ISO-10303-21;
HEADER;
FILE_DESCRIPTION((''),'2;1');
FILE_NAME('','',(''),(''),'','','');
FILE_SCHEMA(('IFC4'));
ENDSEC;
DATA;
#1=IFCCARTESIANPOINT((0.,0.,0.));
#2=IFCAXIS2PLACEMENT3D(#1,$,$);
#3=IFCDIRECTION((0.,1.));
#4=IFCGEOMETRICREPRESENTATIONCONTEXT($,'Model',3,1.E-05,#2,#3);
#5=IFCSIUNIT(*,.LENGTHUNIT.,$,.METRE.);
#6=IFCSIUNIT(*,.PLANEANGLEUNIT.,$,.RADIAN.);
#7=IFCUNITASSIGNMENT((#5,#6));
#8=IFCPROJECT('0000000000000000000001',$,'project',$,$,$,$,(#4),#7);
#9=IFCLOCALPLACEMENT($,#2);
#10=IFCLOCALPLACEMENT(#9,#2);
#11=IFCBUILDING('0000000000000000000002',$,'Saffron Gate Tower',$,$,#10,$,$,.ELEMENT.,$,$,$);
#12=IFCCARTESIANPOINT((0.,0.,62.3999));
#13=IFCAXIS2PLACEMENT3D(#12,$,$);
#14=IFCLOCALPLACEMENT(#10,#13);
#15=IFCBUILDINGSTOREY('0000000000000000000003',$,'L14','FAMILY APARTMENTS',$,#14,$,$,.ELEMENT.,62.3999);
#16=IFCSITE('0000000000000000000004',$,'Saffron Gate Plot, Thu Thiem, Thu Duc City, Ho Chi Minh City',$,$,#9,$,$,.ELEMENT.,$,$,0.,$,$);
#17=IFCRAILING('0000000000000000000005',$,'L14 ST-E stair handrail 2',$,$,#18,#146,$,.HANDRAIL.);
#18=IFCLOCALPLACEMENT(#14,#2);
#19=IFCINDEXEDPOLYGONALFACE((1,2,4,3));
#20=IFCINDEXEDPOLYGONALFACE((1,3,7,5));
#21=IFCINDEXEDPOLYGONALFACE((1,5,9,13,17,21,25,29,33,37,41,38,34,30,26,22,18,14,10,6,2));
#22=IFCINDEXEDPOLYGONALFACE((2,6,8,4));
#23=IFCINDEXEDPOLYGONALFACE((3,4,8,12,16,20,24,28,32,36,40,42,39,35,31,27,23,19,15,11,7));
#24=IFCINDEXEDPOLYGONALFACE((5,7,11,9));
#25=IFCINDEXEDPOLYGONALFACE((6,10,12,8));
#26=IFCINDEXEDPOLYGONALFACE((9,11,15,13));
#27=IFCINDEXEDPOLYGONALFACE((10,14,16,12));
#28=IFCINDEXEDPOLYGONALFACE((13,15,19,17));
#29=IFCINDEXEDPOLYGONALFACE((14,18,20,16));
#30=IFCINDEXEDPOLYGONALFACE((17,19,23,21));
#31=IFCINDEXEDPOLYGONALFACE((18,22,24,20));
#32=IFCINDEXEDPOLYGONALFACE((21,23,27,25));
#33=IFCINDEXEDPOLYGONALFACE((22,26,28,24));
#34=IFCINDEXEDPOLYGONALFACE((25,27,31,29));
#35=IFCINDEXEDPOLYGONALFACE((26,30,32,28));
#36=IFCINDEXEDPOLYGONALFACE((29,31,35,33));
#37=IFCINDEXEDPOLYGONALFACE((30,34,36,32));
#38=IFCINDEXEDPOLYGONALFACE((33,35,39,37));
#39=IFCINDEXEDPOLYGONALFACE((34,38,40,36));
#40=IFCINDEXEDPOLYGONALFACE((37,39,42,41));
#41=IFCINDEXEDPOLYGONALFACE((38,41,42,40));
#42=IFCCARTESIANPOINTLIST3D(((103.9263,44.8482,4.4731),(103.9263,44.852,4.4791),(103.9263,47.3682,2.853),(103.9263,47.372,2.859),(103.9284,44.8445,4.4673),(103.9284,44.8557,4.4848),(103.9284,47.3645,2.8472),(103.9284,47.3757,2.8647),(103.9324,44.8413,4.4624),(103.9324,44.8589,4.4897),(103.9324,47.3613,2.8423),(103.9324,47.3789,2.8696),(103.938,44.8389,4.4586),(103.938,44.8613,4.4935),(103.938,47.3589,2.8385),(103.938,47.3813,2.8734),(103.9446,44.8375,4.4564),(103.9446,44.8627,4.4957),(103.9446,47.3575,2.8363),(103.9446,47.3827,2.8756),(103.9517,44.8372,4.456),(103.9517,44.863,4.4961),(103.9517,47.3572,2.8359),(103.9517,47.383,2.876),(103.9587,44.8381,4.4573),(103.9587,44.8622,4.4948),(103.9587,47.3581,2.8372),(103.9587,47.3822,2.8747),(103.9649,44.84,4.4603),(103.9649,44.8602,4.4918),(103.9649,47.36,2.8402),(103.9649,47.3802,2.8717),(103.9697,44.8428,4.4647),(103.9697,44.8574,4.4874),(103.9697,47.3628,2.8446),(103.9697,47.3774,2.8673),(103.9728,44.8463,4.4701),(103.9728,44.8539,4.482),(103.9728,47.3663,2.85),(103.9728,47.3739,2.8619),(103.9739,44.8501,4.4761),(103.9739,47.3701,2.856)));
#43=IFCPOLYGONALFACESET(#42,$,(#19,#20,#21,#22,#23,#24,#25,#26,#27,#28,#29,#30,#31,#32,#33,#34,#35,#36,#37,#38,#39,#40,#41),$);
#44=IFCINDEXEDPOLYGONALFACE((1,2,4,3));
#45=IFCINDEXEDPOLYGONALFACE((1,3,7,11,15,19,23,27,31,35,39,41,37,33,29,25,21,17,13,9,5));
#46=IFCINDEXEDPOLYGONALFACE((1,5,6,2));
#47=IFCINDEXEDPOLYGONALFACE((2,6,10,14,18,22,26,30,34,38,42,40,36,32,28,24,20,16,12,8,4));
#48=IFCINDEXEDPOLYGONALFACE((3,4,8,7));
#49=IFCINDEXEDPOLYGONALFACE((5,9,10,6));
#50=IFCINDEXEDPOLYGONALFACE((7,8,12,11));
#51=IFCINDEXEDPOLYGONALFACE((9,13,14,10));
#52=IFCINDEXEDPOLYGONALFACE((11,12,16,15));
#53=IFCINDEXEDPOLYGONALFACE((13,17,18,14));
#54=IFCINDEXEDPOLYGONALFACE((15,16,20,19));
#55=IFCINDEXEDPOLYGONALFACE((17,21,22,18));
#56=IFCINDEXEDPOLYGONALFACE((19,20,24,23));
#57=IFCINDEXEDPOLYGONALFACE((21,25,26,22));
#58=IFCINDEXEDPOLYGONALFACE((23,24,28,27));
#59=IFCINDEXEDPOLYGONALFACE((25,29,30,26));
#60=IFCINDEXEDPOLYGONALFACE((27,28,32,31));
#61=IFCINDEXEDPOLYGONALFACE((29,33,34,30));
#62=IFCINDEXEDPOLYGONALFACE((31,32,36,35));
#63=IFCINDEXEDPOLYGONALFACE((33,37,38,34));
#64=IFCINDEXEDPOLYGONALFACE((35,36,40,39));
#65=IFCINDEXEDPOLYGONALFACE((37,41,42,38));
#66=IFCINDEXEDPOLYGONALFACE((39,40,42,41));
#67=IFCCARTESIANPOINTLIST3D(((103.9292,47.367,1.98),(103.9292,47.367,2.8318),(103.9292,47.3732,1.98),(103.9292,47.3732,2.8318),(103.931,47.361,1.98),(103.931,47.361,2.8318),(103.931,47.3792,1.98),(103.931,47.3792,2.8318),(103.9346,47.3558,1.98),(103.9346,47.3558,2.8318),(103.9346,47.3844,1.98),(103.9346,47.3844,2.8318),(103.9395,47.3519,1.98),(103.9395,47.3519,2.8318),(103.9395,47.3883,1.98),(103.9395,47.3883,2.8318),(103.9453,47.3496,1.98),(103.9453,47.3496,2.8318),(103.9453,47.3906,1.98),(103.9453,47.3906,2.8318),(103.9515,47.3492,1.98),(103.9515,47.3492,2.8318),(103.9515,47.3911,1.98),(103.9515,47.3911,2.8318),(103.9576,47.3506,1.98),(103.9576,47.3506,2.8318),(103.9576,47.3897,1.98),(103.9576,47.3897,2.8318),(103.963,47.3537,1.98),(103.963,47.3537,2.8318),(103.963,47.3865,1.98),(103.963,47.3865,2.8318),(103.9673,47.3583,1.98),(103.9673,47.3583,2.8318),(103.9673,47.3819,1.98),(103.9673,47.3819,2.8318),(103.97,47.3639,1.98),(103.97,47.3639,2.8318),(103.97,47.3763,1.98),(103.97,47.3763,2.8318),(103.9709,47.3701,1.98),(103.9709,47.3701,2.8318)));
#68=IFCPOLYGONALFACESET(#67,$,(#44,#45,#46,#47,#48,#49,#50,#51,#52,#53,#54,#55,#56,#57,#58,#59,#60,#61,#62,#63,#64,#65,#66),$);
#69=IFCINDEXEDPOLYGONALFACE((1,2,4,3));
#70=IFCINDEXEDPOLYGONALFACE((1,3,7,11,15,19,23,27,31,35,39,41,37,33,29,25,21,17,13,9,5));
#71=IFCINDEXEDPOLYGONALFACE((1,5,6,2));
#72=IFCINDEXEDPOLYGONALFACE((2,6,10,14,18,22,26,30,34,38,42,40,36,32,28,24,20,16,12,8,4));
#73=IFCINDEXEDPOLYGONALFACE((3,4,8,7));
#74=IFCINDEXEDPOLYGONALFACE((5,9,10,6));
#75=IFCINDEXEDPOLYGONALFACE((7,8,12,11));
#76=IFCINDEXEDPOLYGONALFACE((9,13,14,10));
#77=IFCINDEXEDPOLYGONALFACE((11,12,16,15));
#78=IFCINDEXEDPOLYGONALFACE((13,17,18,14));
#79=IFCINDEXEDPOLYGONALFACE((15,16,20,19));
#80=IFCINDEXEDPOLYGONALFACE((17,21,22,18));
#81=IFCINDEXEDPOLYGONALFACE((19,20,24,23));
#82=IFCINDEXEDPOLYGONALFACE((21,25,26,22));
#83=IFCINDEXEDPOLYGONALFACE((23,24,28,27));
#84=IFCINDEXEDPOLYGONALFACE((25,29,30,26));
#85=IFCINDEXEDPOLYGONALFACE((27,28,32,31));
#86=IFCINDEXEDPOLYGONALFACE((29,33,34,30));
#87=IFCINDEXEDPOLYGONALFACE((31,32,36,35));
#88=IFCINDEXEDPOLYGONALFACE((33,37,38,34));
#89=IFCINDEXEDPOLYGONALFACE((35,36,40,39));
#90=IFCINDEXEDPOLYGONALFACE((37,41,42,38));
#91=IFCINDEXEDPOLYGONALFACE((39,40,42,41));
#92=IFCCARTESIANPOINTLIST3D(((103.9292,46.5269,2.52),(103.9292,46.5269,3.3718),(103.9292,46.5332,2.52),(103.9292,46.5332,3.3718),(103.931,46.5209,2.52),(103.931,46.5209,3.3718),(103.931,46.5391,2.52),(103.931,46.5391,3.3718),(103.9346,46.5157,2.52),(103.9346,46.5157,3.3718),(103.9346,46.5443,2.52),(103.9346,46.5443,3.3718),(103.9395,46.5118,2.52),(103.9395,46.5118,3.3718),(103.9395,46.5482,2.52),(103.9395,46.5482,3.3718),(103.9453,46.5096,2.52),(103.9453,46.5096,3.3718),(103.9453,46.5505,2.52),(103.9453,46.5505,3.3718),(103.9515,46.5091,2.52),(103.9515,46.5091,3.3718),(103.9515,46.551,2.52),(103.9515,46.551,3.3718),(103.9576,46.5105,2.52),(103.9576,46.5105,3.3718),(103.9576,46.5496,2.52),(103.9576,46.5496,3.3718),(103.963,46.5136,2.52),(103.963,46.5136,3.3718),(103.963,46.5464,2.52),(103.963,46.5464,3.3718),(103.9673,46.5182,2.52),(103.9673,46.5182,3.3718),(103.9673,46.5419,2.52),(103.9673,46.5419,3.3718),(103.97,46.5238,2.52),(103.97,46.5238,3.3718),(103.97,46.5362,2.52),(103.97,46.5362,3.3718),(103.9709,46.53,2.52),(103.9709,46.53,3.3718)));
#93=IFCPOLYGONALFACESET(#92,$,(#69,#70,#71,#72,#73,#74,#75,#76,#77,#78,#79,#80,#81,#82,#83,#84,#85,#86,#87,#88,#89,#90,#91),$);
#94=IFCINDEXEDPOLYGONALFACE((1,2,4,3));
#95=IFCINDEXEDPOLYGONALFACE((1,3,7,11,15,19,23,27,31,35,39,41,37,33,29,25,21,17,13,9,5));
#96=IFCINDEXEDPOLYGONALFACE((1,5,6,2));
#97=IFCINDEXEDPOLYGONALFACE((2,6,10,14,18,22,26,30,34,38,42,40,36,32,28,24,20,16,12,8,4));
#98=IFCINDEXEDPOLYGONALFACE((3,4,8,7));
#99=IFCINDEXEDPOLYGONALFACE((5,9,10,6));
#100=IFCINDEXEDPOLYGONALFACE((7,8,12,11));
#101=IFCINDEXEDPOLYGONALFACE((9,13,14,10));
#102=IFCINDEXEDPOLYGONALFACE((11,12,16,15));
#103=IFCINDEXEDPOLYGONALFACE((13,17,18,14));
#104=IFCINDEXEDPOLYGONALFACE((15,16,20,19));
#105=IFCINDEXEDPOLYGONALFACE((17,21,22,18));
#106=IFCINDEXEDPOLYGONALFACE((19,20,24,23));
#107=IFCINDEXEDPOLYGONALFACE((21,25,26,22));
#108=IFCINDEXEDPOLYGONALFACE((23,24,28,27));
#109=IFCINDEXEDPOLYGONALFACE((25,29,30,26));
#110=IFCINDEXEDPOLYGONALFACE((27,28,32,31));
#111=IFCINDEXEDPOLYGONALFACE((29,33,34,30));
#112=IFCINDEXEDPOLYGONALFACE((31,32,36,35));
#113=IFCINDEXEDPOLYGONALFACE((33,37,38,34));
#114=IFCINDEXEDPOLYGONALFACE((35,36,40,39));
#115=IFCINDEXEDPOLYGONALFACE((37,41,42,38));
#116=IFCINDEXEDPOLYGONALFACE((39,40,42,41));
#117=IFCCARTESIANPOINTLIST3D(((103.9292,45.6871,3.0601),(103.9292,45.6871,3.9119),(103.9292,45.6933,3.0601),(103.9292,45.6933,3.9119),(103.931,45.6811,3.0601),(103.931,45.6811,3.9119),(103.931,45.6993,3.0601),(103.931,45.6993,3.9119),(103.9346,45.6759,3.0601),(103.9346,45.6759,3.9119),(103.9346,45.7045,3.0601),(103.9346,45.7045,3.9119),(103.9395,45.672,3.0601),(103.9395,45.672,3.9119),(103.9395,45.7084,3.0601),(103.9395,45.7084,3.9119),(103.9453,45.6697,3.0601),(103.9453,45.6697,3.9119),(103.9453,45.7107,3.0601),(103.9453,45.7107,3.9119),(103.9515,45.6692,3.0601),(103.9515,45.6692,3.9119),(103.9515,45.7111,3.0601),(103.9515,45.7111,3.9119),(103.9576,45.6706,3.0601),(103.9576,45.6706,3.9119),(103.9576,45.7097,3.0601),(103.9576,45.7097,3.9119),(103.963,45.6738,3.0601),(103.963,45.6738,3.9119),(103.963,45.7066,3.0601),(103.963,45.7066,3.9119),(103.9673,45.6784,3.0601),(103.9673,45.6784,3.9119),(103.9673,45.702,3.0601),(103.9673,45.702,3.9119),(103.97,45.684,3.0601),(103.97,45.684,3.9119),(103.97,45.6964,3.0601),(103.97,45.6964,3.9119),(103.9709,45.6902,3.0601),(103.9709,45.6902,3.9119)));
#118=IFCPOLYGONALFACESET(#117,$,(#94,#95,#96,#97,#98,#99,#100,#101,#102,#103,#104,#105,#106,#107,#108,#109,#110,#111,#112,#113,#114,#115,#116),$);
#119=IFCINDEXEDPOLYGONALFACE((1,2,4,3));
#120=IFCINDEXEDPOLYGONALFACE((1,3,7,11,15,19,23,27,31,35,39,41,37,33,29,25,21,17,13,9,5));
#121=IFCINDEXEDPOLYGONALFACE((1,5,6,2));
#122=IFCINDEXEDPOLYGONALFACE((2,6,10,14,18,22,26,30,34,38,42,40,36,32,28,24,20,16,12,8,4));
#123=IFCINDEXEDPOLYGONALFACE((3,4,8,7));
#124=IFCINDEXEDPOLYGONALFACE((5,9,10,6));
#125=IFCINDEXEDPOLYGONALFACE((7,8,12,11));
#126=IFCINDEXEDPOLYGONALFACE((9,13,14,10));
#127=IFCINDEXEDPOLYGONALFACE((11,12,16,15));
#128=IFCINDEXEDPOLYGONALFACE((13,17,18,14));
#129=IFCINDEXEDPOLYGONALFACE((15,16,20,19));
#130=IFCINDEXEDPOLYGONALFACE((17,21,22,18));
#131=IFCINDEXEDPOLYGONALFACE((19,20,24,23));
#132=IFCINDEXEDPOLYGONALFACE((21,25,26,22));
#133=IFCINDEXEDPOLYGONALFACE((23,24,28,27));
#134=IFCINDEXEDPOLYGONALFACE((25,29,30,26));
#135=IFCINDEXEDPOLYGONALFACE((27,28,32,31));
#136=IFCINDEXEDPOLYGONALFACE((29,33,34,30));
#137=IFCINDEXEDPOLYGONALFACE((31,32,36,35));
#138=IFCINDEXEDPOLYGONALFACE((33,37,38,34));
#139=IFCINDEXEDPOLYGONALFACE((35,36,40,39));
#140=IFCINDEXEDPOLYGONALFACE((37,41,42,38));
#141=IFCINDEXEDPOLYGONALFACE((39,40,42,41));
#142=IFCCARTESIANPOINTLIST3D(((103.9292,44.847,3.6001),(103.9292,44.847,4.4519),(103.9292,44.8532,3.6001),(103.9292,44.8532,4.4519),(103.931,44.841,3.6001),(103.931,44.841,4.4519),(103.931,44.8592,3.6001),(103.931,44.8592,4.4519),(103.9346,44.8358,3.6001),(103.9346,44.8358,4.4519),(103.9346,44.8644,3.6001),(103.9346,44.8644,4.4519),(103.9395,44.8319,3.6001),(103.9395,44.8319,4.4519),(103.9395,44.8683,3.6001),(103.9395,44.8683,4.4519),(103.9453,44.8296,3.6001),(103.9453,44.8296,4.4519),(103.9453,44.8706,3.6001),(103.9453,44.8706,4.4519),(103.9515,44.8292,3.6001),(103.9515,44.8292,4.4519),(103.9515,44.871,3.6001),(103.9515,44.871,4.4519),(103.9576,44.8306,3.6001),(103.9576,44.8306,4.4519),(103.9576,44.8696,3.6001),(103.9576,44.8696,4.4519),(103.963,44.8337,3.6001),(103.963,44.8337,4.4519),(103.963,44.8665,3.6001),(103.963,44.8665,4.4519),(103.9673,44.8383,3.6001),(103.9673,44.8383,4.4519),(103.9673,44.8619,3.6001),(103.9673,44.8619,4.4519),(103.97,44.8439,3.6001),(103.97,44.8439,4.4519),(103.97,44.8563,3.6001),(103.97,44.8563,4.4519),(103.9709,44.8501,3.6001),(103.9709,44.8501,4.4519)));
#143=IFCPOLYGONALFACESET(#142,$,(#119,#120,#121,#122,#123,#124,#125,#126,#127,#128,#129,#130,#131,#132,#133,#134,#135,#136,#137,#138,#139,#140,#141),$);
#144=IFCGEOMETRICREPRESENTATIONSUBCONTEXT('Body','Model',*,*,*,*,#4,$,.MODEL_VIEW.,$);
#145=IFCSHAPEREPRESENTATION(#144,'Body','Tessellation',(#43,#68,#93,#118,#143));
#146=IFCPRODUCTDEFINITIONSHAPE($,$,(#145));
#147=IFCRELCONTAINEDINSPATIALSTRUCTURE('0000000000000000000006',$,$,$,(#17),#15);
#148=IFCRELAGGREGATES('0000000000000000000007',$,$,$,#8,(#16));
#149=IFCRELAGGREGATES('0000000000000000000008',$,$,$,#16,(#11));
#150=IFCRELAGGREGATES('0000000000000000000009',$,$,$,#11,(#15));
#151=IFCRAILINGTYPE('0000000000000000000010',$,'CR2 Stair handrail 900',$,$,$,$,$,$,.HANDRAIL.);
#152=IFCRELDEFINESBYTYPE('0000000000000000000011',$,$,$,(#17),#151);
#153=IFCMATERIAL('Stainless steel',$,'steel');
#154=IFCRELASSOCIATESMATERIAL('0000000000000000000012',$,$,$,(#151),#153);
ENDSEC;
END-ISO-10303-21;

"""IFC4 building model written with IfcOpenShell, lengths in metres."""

from ifc_helpers import new_model, si_unit, direction, frame, origin, origin_2d, place, context, subcontext, project, spatial, circle, extrude, material, type_object, element, save


model = new_model("IFC4")

# Units and contexts
model_context = context("Model", 3, precision=1e-05, world=origin(), true_north=direction((0.0, 1.0)))
body_context = subcontext(model_context, "Body", "Model", "MODEL_VIEW")
ifc_project = project(units=[si_unit("LENGTHUNIT", "METRE"), si_unit("PLANEANGLEUNIT", "RADIAN")], contexts=[model_context])

# Site, building, storey
site_placement = place(None, origin())
site = spatial("IfcSite", under=ifc_project, at=site_placement, Name="Saffron Gate Plot, Thu Thiem, Thu Duc City, Ho Chi Minh City", CompositionType="ELEMENT", RefElevation=0.0)
building_placement = place(site_placement, origin())
building = spatial("IfcBuilding", under=site, at=building_placement, Name="Saffron Gate Tower", CompositionType="ELEMENT")
storey_placement = place(building_placement, frame((0.0, 0.0, 62.3999)))
storey = spatial("IfcBuildingStorey", under=building, at=storey_placement, Name="L14", Description="FAMILY APARTMENTS", CompositionType="ELEMENT", Elevation=62.3999)

# Railing
ifc_material_1 = material(Name="Stainless steel", Category="steel")
railing_type_1 = type_object("IfcRailingType", Name="CR2 Stair handrail 900", PredefinedType="HANDRAIL", material=ifc_material_1)
railing_1_placement = place(storey_placement, frame((103.95, 47.3701, 1.98)))
element("IfcRailing", 1, at=railing_1_placement, inside=storey, type_object=railing_type_1, Name="L14 ST-E stair handrail 2", PredefinedType="HANDRAIL", context=body_context, shape_type="SweptSolid", body=[
    extrude(circle(Radius=0.0239, at=origin_2d()), frame((0.0, 0.0, 0.876), z_axis=(0.0, -0.841163, 0.540782), x_axis=(1.0, 0.0, 0.0)), (0.0, 0.0, 1.0), 2.9958),
    extrude(circle(Radius=0.021, at=origin_2d()), origin(), (0.0, 0.0, 1.0), 0.8518),
    extrude(circle(Radius=0.021, at=origin_2d()), frame((0.0, -0.8401, 0.54)), (0.0, 0.0, 1.0), 0.8518),
    extrude(circle(Radius=0.021, at=origin_2d()), frame((0.0, -1.6799, 1.0801)), (0.0, 0.0, 1.0), 0.8518),
    extrude(circle(Radius=0.021, at=origin_2d()), frame((0.0, -2.52, 1.6201)), (0.0, 0.0, 1.0), 0.8518),
])

save(model, "model.ifc")
